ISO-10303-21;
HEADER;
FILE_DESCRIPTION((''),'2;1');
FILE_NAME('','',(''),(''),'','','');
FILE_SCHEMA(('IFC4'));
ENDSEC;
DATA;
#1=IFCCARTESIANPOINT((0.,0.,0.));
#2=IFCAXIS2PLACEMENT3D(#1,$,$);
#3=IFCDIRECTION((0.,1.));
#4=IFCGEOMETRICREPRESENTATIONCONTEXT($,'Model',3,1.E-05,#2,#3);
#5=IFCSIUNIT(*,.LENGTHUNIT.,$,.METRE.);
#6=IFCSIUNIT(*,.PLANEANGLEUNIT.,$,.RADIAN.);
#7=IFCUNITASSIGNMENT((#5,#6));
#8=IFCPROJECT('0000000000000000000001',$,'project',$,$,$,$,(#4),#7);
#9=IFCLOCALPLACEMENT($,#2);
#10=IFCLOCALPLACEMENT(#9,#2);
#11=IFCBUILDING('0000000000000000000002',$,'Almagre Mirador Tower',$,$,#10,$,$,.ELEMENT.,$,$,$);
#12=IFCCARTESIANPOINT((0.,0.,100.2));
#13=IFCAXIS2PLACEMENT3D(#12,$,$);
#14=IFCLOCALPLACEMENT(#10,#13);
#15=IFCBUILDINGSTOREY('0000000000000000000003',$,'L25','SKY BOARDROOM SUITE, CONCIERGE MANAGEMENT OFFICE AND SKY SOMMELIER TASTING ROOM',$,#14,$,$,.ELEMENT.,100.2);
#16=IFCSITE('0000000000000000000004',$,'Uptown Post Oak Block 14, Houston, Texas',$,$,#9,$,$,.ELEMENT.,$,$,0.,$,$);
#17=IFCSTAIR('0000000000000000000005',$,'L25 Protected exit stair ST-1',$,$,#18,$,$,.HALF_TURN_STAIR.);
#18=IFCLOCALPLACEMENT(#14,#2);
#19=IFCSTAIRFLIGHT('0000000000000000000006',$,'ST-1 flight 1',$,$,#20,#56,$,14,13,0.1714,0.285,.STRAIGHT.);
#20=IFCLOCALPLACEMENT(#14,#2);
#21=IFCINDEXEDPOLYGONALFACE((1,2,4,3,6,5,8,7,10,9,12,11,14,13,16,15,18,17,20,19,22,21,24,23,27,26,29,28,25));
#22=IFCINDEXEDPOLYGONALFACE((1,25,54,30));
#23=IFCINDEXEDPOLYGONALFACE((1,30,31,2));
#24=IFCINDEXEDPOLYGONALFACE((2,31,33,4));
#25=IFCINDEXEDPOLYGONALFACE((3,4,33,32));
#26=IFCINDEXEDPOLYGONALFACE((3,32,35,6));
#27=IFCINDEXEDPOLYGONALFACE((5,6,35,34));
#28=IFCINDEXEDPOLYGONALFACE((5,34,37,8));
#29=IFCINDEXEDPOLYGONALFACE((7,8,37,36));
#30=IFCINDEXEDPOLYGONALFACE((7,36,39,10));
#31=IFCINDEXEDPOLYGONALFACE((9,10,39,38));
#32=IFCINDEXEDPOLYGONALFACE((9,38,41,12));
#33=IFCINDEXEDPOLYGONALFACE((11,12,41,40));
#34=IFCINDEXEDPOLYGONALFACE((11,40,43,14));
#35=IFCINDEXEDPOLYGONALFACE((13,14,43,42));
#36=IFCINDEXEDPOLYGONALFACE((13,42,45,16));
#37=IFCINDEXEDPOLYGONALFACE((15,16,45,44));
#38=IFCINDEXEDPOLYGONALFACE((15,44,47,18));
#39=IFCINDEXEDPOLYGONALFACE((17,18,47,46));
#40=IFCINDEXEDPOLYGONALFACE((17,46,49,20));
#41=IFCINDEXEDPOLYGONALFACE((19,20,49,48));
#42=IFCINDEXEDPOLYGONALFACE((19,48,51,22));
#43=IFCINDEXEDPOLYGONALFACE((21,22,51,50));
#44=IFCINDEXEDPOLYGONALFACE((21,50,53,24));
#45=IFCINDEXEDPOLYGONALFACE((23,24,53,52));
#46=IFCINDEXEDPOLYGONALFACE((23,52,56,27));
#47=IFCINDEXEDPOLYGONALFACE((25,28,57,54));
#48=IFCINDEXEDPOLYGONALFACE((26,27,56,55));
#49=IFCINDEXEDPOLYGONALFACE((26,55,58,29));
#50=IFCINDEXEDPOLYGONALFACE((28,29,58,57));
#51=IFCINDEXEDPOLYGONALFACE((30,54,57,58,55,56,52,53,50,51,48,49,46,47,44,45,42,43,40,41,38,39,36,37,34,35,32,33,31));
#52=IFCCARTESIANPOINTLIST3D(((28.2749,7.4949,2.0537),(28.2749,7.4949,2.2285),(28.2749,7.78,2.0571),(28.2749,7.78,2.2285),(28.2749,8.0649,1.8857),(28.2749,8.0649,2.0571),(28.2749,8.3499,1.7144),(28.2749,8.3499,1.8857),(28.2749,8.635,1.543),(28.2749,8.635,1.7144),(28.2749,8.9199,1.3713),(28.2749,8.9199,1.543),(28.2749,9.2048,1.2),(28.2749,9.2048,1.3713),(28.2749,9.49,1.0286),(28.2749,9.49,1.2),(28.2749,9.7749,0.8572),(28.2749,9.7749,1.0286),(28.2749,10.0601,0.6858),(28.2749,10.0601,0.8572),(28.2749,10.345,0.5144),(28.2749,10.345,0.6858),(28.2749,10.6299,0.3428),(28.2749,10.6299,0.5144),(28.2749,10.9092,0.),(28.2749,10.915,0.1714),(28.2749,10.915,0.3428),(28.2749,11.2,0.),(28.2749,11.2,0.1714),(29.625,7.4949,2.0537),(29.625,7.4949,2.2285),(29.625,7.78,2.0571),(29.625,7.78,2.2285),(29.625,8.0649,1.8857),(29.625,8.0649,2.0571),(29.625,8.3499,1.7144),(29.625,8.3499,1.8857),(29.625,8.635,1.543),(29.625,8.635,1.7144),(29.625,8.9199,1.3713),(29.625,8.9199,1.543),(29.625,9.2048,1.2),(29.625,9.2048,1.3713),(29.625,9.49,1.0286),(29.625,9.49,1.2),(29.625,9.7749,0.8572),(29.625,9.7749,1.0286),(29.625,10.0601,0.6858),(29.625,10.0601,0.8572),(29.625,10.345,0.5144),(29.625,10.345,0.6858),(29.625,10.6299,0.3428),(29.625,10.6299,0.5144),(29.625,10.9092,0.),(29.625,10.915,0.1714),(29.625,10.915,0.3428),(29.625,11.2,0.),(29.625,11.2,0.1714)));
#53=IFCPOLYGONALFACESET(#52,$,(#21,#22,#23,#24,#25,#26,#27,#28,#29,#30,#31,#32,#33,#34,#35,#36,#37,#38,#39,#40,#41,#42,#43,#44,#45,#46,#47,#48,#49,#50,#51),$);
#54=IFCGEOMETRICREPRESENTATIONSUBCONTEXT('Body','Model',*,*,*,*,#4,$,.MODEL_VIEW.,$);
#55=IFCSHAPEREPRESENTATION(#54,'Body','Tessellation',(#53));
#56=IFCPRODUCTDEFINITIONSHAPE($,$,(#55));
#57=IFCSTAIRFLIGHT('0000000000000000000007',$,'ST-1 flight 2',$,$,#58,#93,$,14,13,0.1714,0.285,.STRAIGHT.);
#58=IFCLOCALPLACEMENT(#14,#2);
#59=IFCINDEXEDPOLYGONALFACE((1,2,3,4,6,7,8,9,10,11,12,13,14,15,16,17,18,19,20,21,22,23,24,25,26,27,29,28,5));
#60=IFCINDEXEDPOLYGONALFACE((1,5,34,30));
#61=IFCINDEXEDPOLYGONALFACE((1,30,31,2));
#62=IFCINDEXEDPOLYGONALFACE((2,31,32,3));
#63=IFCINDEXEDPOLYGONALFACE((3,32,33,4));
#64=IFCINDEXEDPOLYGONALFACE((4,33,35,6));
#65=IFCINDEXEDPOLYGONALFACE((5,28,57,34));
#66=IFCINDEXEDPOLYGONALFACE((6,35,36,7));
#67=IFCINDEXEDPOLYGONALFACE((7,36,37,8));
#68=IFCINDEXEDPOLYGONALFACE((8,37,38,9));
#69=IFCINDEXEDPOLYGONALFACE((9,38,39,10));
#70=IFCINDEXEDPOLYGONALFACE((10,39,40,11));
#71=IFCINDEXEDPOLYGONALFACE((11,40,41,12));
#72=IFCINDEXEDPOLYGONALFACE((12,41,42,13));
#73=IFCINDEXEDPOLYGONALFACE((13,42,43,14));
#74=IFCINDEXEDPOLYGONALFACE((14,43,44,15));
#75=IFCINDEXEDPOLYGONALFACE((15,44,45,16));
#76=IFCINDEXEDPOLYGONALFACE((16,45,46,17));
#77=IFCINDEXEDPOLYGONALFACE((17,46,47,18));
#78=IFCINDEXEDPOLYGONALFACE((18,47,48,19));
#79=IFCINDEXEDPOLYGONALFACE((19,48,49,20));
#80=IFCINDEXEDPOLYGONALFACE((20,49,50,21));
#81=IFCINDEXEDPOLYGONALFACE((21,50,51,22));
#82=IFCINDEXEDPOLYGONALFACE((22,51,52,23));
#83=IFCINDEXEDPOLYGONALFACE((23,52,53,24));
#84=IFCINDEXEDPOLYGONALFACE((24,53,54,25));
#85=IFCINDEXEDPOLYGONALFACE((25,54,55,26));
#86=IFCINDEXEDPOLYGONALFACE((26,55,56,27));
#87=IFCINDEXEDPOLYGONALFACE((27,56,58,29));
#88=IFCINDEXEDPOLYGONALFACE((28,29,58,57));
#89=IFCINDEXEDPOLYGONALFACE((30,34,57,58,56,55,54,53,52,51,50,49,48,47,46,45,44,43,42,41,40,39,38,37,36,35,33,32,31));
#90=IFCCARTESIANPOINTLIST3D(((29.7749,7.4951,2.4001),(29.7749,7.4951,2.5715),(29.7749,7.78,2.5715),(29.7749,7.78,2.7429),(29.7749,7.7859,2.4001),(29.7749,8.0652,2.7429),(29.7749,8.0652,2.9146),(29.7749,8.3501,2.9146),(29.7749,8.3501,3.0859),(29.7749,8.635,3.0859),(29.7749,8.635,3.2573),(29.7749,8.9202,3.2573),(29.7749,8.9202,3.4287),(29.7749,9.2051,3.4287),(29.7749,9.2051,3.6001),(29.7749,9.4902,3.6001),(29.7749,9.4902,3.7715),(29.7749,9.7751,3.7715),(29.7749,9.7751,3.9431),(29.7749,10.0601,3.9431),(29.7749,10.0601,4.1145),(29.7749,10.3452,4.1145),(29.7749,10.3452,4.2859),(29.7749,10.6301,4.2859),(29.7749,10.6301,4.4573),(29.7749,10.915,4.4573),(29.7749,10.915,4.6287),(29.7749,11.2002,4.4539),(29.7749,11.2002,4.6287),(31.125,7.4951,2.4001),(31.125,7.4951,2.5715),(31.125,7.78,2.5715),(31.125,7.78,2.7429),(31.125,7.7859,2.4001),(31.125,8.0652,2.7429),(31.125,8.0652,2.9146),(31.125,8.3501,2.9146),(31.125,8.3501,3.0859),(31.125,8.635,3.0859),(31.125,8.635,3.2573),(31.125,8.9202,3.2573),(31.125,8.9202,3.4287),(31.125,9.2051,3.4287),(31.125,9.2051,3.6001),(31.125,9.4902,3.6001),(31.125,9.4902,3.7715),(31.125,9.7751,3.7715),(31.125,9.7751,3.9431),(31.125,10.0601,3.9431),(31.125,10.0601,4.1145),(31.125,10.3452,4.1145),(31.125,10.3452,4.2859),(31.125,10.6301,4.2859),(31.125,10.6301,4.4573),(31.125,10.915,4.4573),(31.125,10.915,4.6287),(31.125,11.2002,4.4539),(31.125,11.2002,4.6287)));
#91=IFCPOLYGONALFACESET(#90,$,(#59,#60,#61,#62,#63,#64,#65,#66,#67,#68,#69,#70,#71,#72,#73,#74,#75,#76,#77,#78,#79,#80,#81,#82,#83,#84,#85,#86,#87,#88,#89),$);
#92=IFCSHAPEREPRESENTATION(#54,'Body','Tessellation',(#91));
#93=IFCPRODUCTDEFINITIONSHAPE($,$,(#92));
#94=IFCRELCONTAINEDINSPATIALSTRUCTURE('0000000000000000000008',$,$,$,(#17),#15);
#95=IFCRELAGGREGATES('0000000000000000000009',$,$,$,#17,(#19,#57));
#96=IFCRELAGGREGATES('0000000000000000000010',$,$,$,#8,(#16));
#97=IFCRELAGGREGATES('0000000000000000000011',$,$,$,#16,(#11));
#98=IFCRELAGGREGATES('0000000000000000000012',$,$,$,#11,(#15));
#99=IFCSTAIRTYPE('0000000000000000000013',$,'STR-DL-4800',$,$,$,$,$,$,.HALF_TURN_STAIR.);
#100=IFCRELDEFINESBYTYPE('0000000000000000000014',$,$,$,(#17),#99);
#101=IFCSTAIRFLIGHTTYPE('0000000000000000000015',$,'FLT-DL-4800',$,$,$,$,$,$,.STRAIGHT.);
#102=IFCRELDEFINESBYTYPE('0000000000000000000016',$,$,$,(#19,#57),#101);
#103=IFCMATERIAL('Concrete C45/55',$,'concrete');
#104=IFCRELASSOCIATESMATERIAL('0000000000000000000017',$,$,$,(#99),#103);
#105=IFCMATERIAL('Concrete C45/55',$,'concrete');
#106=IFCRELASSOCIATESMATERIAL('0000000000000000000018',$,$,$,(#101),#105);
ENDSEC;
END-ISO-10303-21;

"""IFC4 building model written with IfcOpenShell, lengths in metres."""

from ifc_helpers import new_model, si_unit, direction, frame, origin, place, context, subcontext, project, spatial, polyline, outline, extrude, material, type_object, element, aggregate, save


model = new_model("IFC4")

# Units and contexts
model_context = context("Model", 3, precision=1e-05, world=origin(), true_north=direction((0.0, 1.0)))
body_context = subcontext(model_context, "Body", "Model", "MODEL_VIEW")
ifc_project = project(units=[si_unit("LENGTHUNIT", "METRE"), si_unit("PLANEANGLEUNIT", "RADIAN")], contexts=[model_context])

# Site, building, storey
site_placement = place(None, origin())
site = spatial("IfcSite", under=ifc_project, at=site_placement, Name="Uptown Post Oak Block 14, Houston, Texas", CompositionType="ELEMENT", RefElevation=0.0)
building_placement = place(site_placement, origin())
building = spatial("IfcBuilding", under=site, at=building_placement, Name="Almagre Mirador Tower", CompositionType="ELEMENT")
storey_placement = place(building_placement, frame((0.0, 0.0, 100.2)))
storey = spatial("IfcBuildingStorey", under=building, at=storey_placement, Name="L25", Description="SKY BOARDROOM SUITE, CONCIERGE MANAGEMENT OFFICE AND SKY SOMMELIER TASTING ROOM", CompositionType="ELEMENT", Elevation=100.2)

# Stair, stair flights
ifc_material_1 = material(Name="Concrete C45/55", Category="concrete")
stair_type = type_object("IfcStairType", Name="STR-DL-4800", PredefinedType="HALF_TURN_STAIR", material=ifc_material_1)
stair_placement = place(storey_placement, origin())
stair = element("IfcStair", 1, at=stair_placement, inside=storey, type_object=stair_type, Name="L25 Protected exit stair ST-1", PredefinedType="HALF_TURN_STAIR")
ifc_material_2 = material(Name="Concrete C45/55", Category="concrete")
stair_flight_type = type_object("IfcStairFlightType", Name="FLT-DL-4800", PredefinedType="STRAIGHT", material=ifc_material_2)
stair_flight_1_placement = place(storey_placement, frame((28.95, 11.2, 0.0), z_axis=(0.0, 0.0, 1.0), x_axis=(0.0, -1.0, 0.0)))
stair_flight_1 = element("IfcStairFlight", 2, at=stair_flight_1_placement, type_object=stair_flight_type, Name="ST-1 flight 1", NumberOfRisers=14, NumberOfTreads=13, PredefinedType="STRAIGHT", RiserHeight=0.1714, TreadLength=0.285, context=body_context, shape_type="SweptSolid", body=[
    extrude(outline(polyline([(0.0, 0.0), (0.0, 0.1714), (0.2849, 0.1714), (0.2849, 0.3428), (0.5701, 0.3428), (0.5701, 0.5144), (0.855, 0.5144), (0.855, 0.6858), (1.1399, 0.6858), (1.1399, 0.8572), (1.425, 0.8572), (1.425, 1.0286), (1.71, 1.0286), (1.71, 1.2), (1.9951, 1.2), (1.9951, 1.3713), (2.28, 1.3713), (2.28, 1.543), (2.5649, 1.543), (2.5649, 1.7144), (2.8501, 1.7144), (2.8501, 1.8857), (3.135, 1.8857), (3.135, 2.0571), (3.4199, 2.0571), (3.4199, 2.2285), (3.7051, 2.2285), (3.7051, 2.3999), (3.7051, 2.0537), (0.2908, 0.0), (0.0, 0.0)])), frame((0.0, 0.675, 0.0), z_axis=(0.0, -1.0, 0.0), x_axis=(1.0, 0.0, 0.0)), (0.0, 0.0, 1.0), 1.3501),
])
stair_flight_2_placement = place(storey_placement, frame((30.45, 7.4951, 2.4001), z_axis=(0.0, 0.0, 1.0), x_axis=(0.0, 1.0, 0.0)))
stair_flight_2 = element("IfcStairFlight", 3, at=stair_flight_2_placement, type_object=stair_flight_type, Name="ST-1 flight 2", NumberOfRisers=14, NumberOfTreads=13, PredefinedType="STRAIGHT", RiserHeight=0.1714, TreadLength=0.285, context=body_context, shape_type="SweptSolid", body=[
    extrude(outline(polyline([(0.0, 0.0), (0.0, 0.1714), (0.2849, 0.1714), (0.2849, 0.3428), (0.5701, 0.3428), (0.5701, 0.5144), (0.855, 0.5144), (0.855, 0.6858), (1.1399, 0.6858), (1.1399, 0.8572), (1.425, 0.8572), (1.425, 1.0286), (1.71, 1.0286), (1.71, 1.2), (1.9951, 1.2), (1.9951, 1.3713), (2.28, 1.3713), (2.28, 1.543), (2.5649, 1.543), (2.5649, 1.7144), (2.8501, 1.7144), (2.8501, 1.8857), (3.135, 1.8857), (3.135, 2.0571), (3.4199, 2.0571), (3.4199, 2.2285), (3.7051, 2.2285), (3.7051, 2.3999), (3.7051, 2.0537), (0.2908, 0.0), (0.0, 0.0)])), frame((0.0, 0.675, 0.0), z_axis=(0.0, -1.0, 0.0), x_axis=(1.0, 0.0, 0.0)), (0.0, 0.0, 1.0), 1.3501),
])
aggregate(stair, [stair_flight_1, stair_flight_2])

save(model, "model.ifc")
